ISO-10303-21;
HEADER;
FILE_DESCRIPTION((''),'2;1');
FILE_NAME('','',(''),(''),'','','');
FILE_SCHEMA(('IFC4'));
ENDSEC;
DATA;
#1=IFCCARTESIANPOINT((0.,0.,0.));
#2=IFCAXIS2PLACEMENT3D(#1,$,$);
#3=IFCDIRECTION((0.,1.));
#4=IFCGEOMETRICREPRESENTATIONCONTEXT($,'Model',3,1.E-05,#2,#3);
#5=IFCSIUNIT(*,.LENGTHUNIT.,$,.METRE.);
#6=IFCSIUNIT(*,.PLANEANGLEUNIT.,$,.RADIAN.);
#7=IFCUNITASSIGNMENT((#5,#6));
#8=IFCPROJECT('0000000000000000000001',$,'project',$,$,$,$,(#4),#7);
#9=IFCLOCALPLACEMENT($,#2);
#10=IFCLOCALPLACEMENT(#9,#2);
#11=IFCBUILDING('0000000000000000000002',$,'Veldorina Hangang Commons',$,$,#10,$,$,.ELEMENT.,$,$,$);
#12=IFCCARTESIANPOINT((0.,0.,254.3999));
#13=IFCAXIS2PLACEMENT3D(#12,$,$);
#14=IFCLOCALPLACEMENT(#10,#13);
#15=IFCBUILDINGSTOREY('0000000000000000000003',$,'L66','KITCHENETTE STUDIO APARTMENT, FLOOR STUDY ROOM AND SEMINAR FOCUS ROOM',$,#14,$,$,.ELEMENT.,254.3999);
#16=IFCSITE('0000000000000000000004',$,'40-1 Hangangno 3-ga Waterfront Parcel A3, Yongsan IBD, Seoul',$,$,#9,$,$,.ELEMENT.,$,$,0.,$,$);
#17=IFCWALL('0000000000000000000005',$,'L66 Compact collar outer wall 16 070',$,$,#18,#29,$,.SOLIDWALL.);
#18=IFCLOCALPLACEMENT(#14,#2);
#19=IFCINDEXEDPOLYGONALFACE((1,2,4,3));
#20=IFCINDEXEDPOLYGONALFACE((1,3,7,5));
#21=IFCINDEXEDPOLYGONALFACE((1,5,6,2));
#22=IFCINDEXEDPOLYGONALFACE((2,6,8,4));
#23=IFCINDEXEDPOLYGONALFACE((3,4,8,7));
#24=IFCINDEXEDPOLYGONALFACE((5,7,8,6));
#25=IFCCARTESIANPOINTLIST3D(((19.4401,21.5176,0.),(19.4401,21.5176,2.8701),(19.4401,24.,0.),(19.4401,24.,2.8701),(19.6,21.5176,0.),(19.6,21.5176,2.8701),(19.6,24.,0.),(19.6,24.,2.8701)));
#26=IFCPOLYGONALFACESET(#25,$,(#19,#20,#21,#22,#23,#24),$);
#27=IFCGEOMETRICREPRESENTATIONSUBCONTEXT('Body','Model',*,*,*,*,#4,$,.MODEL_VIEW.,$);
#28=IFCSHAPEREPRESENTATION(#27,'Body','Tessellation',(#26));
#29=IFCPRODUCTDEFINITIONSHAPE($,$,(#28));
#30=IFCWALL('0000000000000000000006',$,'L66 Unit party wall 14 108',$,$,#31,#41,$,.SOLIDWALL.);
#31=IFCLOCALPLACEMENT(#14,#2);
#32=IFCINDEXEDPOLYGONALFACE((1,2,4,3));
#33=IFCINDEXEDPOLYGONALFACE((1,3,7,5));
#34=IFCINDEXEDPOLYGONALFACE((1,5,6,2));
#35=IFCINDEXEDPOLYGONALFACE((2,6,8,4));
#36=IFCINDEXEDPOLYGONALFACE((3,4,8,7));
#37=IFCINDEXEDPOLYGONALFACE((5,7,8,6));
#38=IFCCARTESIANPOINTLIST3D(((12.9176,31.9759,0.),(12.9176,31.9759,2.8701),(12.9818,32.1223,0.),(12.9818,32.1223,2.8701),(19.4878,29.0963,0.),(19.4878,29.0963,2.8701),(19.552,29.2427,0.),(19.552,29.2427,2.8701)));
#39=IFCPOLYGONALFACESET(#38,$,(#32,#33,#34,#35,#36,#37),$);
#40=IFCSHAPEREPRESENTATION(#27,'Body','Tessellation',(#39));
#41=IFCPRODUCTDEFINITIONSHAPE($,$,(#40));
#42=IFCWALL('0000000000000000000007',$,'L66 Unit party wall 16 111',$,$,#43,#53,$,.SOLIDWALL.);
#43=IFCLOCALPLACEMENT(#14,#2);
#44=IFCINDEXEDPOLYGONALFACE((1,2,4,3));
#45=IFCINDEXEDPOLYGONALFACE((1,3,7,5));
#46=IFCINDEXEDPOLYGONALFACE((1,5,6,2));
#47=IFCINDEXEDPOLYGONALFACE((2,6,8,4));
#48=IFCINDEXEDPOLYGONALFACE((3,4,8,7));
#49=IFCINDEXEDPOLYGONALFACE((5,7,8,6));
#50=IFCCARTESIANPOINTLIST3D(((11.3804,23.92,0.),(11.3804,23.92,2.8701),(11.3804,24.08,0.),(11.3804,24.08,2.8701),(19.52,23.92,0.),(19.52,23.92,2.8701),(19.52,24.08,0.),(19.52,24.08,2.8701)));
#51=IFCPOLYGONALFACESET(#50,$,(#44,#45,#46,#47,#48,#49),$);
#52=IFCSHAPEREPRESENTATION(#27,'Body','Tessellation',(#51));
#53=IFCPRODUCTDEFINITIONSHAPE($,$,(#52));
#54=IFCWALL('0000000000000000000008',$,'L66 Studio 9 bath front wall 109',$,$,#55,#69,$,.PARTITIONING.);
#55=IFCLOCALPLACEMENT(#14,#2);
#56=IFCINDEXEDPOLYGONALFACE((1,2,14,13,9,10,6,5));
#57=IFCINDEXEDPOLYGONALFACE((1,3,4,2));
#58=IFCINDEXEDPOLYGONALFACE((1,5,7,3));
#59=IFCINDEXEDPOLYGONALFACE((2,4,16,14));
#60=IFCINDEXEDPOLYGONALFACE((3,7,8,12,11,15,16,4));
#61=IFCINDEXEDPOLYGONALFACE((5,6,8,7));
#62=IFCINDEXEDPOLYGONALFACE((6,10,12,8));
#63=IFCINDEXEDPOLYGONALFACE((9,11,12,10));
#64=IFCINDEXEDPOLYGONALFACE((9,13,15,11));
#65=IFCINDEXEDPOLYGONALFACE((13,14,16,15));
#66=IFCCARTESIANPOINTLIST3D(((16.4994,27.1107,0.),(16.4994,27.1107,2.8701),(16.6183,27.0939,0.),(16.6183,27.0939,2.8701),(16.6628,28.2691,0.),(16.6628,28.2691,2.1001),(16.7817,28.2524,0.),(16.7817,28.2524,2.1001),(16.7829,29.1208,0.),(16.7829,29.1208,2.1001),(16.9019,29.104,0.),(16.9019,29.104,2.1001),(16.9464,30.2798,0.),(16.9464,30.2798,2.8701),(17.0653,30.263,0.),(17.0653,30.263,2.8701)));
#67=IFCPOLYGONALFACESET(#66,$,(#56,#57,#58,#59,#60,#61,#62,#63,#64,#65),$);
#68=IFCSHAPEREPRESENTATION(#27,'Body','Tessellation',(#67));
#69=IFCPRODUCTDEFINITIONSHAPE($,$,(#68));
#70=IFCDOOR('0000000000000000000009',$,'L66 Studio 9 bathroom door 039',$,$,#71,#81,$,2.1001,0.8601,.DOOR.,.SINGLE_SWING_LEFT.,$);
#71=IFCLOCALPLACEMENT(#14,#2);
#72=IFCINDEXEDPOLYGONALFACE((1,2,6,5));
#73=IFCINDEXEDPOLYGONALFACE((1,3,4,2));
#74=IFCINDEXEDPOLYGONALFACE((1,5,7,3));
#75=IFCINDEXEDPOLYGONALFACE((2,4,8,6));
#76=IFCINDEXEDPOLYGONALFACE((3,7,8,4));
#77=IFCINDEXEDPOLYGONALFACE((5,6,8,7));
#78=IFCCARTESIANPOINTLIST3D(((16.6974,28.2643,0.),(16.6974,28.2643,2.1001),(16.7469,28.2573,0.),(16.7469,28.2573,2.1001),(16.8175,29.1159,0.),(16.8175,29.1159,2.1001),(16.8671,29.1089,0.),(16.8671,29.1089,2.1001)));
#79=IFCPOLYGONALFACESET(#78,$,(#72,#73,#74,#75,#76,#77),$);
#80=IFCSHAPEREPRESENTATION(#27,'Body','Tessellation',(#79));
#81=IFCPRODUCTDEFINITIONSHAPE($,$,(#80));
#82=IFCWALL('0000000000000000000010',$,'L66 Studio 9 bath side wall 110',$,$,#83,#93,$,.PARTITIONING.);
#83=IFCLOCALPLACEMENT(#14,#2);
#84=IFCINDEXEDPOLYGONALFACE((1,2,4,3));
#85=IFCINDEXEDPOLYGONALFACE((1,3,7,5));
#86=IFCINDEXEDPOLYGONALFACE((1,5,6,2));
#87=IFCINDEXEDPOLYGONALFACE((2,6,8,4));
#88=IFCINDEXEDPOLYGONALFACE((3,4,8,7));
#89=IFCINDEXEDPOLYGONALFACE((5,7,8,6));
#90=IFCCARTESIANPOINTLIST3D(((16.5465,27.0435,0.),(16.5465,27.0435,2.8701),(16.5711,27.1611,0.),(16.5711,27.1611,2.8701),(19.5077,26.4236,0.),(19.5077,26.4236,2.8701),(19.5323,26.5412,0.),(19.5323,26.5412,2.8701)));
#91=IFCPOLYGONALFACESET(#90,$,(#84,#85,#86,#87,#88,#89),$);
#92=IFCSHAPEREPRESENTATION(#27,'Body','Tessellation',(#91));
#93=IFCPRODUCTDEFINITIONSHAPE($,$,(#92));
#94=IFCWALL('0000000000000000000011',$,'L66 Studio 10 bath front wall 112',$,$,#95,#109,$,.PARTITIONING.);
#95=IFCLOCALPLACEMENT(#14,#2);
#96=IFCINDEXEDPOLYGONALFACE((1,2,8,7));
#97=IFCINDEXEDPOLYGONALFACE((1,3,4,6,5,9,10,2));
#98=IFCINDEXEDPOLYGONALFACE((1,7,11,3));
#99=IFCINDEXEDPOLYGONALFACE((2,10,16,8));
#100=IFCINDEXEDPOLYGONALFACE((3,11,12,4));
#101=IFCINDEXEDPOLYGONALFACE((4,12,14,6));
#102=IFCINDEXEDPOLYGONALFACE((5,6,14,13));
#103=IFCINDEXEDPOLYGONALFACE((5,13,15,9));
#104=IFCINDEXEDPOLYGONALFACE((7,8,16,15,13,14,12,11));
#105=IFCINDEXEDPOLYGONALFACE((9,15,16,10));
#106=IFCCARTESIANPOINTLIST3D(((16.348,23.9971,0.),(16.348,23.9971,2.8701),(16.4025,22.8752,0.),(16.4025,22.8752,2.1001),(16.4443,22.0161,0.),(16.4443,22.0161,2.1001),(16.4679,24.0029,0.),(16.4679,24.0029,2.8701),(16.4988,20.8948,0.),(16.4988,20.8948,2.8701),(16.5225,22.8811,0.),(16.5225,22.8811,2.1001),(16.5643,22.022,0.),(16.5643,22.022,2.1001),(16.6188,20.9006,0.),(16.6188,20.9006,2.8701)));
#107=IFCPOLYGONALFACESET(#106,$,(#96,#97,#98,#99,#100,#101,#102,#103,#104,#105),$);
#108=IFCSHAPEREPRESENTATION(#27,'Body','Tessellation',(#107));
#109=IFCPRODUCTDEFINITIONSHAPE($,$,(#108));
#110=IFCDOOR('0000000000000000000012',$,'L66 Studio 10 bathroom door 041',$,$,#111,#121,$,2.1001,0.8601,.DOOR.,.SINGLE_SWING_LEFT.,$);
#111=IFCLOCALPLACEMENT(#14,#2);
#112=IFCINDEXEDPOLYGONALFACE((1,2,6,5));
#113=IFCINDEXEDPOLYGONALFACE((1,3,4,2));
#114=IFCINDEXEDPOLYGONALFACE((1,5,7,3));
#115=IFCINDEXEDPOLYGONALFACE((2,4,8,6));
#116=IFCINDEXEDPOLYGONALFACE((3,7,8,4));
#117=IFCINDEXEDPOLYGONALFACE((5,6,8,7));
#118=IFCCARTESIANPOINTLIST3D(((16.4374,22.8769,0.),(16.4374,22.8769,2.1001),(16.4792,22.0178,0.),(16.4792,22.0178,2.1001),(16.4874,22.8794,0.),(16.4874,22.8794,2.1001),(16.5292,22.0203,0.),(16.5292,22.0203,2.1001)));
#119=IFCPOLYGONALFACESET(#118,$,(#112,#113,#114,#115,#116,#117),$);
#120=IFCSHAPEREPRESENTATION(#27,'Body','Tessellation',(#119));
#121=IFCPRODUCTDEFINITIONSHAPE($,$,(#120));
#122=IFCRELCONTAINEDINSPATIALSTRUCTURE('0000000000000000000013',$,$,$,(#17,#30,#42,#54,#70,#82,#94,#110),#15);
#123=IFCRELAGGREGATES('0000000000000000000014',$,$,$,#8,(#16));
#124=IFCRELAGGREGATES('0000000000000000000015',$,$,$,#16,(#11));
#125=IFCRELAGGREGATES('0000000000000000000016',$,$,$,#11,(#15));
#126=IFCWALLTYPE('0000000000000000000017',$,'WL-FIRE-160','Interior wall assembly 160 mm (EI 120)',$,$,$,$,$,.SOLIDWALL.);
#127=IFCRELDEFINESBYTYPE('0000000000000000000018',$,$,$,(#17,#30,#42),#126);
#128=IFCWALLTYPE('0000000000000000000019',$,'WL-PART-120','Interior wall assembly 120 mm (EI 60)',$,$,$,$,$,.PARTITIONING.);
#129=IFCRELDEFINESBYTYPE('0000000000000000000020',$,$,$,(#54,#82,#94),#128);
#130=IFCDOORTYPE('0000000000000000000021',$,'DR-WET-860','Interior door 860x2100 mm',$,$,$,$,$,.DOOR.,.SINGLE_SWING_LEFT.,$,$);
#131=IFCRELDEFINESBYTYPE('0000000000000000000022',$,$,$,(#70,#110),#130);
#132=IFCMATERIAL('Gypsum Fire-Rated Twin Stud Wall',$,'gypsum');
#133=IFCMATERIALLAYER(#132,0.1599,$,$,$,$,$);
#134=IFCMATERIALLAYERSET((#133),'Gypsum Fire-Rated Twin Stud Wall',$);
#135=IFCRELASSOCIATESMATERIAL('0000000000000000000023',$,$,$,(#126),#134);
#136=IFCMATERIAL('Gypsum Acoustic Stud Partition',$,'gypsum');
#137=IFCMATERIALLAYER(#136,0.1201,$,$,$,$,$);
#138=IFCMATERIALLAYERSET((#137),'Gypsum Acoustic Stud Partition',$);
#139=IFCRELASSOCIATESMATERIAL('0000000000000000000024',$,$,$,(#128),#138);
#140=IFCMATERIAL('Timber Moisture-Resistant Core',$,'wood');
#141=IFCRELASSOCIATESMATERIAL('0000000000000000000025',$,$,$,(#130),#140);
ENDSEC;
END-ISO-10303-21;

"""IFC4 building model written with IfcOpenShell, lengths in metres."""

from ifc_helpers import new_model, si_unit, direction, frame, frame_2d, origin, place, context, subcontext, project, spatial, rectangle, extrude, material, layer, layer_set, type_object, element, fill, save


model = new_model("IFC4")

# Units and contexts
model_context = context("Model", 3, precision=1e-05, world=origin(), true_north=direction((0.0, 1.0)))
body_context = subcontext(model_context, "Body", "Model", "MODEL_VIEW")
ifc_project = project(units=[si_unit("LENGTHUNIT", "METRE"), si_unit("PLANEANGLEUNIT", "RADIAN")], contexts=[model_context])

# Site, building, storey
site_placement = place(None, origin())
site = spatial("IfcSite", under=ifc_project, at=site_placement, Name="40-1 Hangangno 3-ga Waterfront Parcel A3, Yongsan IBD, Seoul", CompositionType="ELEMENT", RefElevation=0.0)
building_placement = place(site_placement, origin())
building = spatial("IfcBuilding", under=site, at=building_placement, Name="Veldorina Hangang Commons", CompositionType="ELEMENT")
storey_placement = place(building_placement, frame((0.0, 0.0, 254.3999)))
storey = spatial("IfcBuildingStorey", under=building, at=storey_placement, Name="L66", Description="KITCHENETTE STUDIO APARTMENT, FLOOR STUDY ROOM AND SEMINAR FOCUS ROOM", CompositionType="ELEMENT", Elevation=254.3999)

# Shared definitions
ifc_material_1 = material(Name="Gypsum Fire-Rated Twin Stud Wall", Category="gypsum")
ifc_layer_1 = layer(ifc_material_1, 0.1599)
ifc_layer_set_1 = layer_set([ifc_layer_1], Name="Gypsum Fire-Rated Twin Stud Wall")
wall_type_1 = type_object("IfcWallType", Name="WL-FIRE-160", Description="Interior wall assembly 160 mm (EI 120)", PredefinedType="SOLIDWALL", material=ifc_layer_set_1)

# Walls
wall_1_placement = place(storey_placement, frame((19.52, 24.0, 0.0), z_axis=(0.0, 0.0, 1.0), x_axis=(0.0, -1.0, 0.0)))
element("IfcWall", 1, at=wall_1_placement, inside=storey, type_object=wall_type_1, Name="L66 Compact collar outer wall 16 070", PredefinedType="SOLIDWALL", context=body_context, shape_type="SweptSolid", body=[
    extrude(rectangle(XDim=2.4824, YDim=0.1599, at=frame_2d((1.2412, 0.0))), origin(), (0.0, 0.0, 1.0), 2.8701),
])
wall_2_placement = place(storey_placement, frame((19.52, 29.1694, 0.0), z_axis=(0.0, 0.0, 1.0), x_axis=(-0.915895, 0.401419, 0.0)))
element("IfcWall", 2, at=wall_2_placement, inside=storey, type_object=wall_type_1, Name="L66 Unit party wall 14 108", PredefinedType="SOLIDWALL", context=body_context, shape_type="SweptSolid", body=[
    extrude(rectangle(XDim=7.1736, YDim=0.1599, at=frame_2d((3.5869, 0.0))), origin(), (0.0, 0.0, 1.0), 2.8701),
])
wall_3_placement = place(storey_placement, frame((19.52, 24.0, 0.0), z_axis=(0.0, 0.0, 1.0), x_axis=(-1.0, 0.0, 0.0)))
element("IfcWall", 3, at=wall_3_placement, inside=storey, type_object=wall_type_1, Name="L66 Unit party wall 16 111", PredefinedType="SOLIDWALL", context=body_context, shape_type="SweptSolid", body=[
    extrude(rectangle(XDim=8.1396, YDim=0.1599, at=frame_2d((4.0698, 0.0))), origin(), (0.0, 0.0, 1.0), 2.8701),
])

# Wall, opening, door
ifc_material_2 = material(Name="Gypsum Acoustic Stud Partition", Category="gypsum")
ifc_layer_2 = layer(ifc_material_2, 0.1201)
ifc_layer_set_2 = layer_set([ifc_layer_2], Name="Gypsum Acoustic Stud Partition")
wall_type_2 = type_object("IfcWallType", Name="WL-PART-120", Description="Interior wall assembly 120 mm (EI 60)", PredefinedType="PARTITIONING", material=ifc_layer_set_2)
wall_4_placement = place(storey_placement, frame((17.0059, 30.2712, 0.0), z_axis=(0.0, 0.0, 1.0), x_axis=(-0.13968, -0.990197, 0.0)))
wall_4 = element("IfcWall", 4, at=wall_4_placement, inside=storey, type_object=wall_type_2, Name="L66 Studio 9 bath front wall 109", PredefinedType="PARTITIONING", context=body_context, shape_type="SweptSolid", body=[
    extrude(rectangle(XDim=3.2004, YDim=0.1201, at=frame_2d((1.6001, 0.0))), origin(), (0.0, 0.0, 1.0), 2.8701),
])
opening_1_placement = place(wall_4_placement, frame((1.1702, 0.0, 0.0)))
opening_1 = element("IfcOpeningElement", 5, at=opening_1_placement, cuts=wall_4, PredefinedType="OPENING", context=body_context, shape_type="SweptSolid", body=[
    extrude(rectangle(XDim=0.8601, YDim=2.1001, at=frame_2d((0.4302, 1.05))), frame((0.0, 0.0701, 0.0), z_axis=(0.0, -1.0, 0.0), x_axis=(1.0, 0.0, 0.0)), (0.0, 0.0, 1.0), 0.1401),
])
ifc_material_3 = material(Name="Timber Moisture-Resistant Core", Category="wood")
door_type_1 = type_object("IfcDoorType", Name="DR-WET-860", Description="Interior door 860x2100 mm", OperationType="SINGLE_SWING_LEFT", PredefinedType="DOOR", material=ifc_material_3)
door_1_placement = place(opening_1_placement, origin())
door_1 = element("IfcDoor", 6, at=door_1_placement, inside=storey, type_object=door_type_1, Name="L66 Studio 9 bathroom door 039", OperationType="SINGLE_SWING_LEFT", OverallHeight=2.1001, OverallWidth=0.8601, PredefinedType="DOOR", context=body_context, shape_type="SweptSolid", body=[
    extrude(rectangle(XDim=0.8601, YDim=2.1001, at=frame_2d((0.4302, 1.05))), frame((0.0, 0.0249, 0.0), z_axis=(0.0, -1.0, 0.0), x_axis=(1.0, 0.0, 0.0)), (0.0, 0.0, 1.0), 0.05),
])
fill(opening_1, door_1)

# Wall
wall_5_placement = place(storey_placement, frame((19.52, 26.4824, 0.0), z_axis=(0.0, 0.0, 1.0), x_axis=(-0.978785, 0.204892, 0.0)))
element("IfcWall", 7, at=wall_5_placement, inside=storey, type_object=wall_type_2, Name="L66 Studio 9 bath side wall 110", PredefinedType="PARTITIONING", context=body_context, shape_type="SweptSolid", body=[
    extrude(rectangle(XDim=3.0254, YDim=0.1201, at=frame_2d((1.5127, 0.0))), origin(), (0.0, 0.0, 1.0), 2.8701),
])

# Wall, opening, door
wall_6_placement = place(storey_placement, frame((16.408, 24.0, 0.0), z_axis=(0.0, 0.0, 1.0), x_axis=(0.048577, -0.998819, 0.0)))
wall_6 = element("IfcWall", 8, at=wall_6_placement, inside=storey, type_object=wall_type_2, Name="L66 Studio 10 bath front wall 112", PredefinedType="PARTITIONING", context=body_context, shape_type="SweptSolid", body=[
    extrude(rectangle(XDim=3.106, YDim=0.1201, at=frame_2d((1.553, 0.0))), origin(), (0.0, 0.0, 1.0), 2.8701),
])
opening_2_placement = place(wall_6_placement, frame((1.123, 0.0, 0.0)))
opening_2 = element("IfcOpeningElement", 9, at=opening_2_placement, cuts=wall_6, PredefinedType="OPENING", context=body_context, shape_type="SweptSolid", body=[
    extrude(rectangle(XDim=0.8601, YDim=2.1001, at=frame_2d((0.4302, 1.05))), frame((0.0, 0.0701, 0.0), z_axis=(0.0, -1.0, 0.0), x_axis=(1.0, 0.0, 0.0)), (0.0, 0.0, 1.0), 0.1401),
])
door_2_placement = place(opening_2_placement, origin())
door_2 = element("IfcDoor", 10, at=door_2_placement, inside=storey, type_object=door_type_1, Name="L66 Studio 10 bathroom door 041", OperationType="SINGLE_SWING_LEFT", OverallHeight=2.1001, OverallWidth=0.8601, PredefinedType="DOOR", context=body_context, shape_type="SweptSolid", body=[
    extrude(rectangle(XDim=0.8601, YDim=2.1001, at=frame_2d((0.4302, 1.05))), frame((0.0, 0.0249, 0.0), z_axis=(0.0, -1.0, 0.0), x_axis=(1.0, 0.0, 0.0)), (0.0, 0.0, 1.0), 0.05),
])
fill(opening_2, door_2)

save(model, "model.ifc")
